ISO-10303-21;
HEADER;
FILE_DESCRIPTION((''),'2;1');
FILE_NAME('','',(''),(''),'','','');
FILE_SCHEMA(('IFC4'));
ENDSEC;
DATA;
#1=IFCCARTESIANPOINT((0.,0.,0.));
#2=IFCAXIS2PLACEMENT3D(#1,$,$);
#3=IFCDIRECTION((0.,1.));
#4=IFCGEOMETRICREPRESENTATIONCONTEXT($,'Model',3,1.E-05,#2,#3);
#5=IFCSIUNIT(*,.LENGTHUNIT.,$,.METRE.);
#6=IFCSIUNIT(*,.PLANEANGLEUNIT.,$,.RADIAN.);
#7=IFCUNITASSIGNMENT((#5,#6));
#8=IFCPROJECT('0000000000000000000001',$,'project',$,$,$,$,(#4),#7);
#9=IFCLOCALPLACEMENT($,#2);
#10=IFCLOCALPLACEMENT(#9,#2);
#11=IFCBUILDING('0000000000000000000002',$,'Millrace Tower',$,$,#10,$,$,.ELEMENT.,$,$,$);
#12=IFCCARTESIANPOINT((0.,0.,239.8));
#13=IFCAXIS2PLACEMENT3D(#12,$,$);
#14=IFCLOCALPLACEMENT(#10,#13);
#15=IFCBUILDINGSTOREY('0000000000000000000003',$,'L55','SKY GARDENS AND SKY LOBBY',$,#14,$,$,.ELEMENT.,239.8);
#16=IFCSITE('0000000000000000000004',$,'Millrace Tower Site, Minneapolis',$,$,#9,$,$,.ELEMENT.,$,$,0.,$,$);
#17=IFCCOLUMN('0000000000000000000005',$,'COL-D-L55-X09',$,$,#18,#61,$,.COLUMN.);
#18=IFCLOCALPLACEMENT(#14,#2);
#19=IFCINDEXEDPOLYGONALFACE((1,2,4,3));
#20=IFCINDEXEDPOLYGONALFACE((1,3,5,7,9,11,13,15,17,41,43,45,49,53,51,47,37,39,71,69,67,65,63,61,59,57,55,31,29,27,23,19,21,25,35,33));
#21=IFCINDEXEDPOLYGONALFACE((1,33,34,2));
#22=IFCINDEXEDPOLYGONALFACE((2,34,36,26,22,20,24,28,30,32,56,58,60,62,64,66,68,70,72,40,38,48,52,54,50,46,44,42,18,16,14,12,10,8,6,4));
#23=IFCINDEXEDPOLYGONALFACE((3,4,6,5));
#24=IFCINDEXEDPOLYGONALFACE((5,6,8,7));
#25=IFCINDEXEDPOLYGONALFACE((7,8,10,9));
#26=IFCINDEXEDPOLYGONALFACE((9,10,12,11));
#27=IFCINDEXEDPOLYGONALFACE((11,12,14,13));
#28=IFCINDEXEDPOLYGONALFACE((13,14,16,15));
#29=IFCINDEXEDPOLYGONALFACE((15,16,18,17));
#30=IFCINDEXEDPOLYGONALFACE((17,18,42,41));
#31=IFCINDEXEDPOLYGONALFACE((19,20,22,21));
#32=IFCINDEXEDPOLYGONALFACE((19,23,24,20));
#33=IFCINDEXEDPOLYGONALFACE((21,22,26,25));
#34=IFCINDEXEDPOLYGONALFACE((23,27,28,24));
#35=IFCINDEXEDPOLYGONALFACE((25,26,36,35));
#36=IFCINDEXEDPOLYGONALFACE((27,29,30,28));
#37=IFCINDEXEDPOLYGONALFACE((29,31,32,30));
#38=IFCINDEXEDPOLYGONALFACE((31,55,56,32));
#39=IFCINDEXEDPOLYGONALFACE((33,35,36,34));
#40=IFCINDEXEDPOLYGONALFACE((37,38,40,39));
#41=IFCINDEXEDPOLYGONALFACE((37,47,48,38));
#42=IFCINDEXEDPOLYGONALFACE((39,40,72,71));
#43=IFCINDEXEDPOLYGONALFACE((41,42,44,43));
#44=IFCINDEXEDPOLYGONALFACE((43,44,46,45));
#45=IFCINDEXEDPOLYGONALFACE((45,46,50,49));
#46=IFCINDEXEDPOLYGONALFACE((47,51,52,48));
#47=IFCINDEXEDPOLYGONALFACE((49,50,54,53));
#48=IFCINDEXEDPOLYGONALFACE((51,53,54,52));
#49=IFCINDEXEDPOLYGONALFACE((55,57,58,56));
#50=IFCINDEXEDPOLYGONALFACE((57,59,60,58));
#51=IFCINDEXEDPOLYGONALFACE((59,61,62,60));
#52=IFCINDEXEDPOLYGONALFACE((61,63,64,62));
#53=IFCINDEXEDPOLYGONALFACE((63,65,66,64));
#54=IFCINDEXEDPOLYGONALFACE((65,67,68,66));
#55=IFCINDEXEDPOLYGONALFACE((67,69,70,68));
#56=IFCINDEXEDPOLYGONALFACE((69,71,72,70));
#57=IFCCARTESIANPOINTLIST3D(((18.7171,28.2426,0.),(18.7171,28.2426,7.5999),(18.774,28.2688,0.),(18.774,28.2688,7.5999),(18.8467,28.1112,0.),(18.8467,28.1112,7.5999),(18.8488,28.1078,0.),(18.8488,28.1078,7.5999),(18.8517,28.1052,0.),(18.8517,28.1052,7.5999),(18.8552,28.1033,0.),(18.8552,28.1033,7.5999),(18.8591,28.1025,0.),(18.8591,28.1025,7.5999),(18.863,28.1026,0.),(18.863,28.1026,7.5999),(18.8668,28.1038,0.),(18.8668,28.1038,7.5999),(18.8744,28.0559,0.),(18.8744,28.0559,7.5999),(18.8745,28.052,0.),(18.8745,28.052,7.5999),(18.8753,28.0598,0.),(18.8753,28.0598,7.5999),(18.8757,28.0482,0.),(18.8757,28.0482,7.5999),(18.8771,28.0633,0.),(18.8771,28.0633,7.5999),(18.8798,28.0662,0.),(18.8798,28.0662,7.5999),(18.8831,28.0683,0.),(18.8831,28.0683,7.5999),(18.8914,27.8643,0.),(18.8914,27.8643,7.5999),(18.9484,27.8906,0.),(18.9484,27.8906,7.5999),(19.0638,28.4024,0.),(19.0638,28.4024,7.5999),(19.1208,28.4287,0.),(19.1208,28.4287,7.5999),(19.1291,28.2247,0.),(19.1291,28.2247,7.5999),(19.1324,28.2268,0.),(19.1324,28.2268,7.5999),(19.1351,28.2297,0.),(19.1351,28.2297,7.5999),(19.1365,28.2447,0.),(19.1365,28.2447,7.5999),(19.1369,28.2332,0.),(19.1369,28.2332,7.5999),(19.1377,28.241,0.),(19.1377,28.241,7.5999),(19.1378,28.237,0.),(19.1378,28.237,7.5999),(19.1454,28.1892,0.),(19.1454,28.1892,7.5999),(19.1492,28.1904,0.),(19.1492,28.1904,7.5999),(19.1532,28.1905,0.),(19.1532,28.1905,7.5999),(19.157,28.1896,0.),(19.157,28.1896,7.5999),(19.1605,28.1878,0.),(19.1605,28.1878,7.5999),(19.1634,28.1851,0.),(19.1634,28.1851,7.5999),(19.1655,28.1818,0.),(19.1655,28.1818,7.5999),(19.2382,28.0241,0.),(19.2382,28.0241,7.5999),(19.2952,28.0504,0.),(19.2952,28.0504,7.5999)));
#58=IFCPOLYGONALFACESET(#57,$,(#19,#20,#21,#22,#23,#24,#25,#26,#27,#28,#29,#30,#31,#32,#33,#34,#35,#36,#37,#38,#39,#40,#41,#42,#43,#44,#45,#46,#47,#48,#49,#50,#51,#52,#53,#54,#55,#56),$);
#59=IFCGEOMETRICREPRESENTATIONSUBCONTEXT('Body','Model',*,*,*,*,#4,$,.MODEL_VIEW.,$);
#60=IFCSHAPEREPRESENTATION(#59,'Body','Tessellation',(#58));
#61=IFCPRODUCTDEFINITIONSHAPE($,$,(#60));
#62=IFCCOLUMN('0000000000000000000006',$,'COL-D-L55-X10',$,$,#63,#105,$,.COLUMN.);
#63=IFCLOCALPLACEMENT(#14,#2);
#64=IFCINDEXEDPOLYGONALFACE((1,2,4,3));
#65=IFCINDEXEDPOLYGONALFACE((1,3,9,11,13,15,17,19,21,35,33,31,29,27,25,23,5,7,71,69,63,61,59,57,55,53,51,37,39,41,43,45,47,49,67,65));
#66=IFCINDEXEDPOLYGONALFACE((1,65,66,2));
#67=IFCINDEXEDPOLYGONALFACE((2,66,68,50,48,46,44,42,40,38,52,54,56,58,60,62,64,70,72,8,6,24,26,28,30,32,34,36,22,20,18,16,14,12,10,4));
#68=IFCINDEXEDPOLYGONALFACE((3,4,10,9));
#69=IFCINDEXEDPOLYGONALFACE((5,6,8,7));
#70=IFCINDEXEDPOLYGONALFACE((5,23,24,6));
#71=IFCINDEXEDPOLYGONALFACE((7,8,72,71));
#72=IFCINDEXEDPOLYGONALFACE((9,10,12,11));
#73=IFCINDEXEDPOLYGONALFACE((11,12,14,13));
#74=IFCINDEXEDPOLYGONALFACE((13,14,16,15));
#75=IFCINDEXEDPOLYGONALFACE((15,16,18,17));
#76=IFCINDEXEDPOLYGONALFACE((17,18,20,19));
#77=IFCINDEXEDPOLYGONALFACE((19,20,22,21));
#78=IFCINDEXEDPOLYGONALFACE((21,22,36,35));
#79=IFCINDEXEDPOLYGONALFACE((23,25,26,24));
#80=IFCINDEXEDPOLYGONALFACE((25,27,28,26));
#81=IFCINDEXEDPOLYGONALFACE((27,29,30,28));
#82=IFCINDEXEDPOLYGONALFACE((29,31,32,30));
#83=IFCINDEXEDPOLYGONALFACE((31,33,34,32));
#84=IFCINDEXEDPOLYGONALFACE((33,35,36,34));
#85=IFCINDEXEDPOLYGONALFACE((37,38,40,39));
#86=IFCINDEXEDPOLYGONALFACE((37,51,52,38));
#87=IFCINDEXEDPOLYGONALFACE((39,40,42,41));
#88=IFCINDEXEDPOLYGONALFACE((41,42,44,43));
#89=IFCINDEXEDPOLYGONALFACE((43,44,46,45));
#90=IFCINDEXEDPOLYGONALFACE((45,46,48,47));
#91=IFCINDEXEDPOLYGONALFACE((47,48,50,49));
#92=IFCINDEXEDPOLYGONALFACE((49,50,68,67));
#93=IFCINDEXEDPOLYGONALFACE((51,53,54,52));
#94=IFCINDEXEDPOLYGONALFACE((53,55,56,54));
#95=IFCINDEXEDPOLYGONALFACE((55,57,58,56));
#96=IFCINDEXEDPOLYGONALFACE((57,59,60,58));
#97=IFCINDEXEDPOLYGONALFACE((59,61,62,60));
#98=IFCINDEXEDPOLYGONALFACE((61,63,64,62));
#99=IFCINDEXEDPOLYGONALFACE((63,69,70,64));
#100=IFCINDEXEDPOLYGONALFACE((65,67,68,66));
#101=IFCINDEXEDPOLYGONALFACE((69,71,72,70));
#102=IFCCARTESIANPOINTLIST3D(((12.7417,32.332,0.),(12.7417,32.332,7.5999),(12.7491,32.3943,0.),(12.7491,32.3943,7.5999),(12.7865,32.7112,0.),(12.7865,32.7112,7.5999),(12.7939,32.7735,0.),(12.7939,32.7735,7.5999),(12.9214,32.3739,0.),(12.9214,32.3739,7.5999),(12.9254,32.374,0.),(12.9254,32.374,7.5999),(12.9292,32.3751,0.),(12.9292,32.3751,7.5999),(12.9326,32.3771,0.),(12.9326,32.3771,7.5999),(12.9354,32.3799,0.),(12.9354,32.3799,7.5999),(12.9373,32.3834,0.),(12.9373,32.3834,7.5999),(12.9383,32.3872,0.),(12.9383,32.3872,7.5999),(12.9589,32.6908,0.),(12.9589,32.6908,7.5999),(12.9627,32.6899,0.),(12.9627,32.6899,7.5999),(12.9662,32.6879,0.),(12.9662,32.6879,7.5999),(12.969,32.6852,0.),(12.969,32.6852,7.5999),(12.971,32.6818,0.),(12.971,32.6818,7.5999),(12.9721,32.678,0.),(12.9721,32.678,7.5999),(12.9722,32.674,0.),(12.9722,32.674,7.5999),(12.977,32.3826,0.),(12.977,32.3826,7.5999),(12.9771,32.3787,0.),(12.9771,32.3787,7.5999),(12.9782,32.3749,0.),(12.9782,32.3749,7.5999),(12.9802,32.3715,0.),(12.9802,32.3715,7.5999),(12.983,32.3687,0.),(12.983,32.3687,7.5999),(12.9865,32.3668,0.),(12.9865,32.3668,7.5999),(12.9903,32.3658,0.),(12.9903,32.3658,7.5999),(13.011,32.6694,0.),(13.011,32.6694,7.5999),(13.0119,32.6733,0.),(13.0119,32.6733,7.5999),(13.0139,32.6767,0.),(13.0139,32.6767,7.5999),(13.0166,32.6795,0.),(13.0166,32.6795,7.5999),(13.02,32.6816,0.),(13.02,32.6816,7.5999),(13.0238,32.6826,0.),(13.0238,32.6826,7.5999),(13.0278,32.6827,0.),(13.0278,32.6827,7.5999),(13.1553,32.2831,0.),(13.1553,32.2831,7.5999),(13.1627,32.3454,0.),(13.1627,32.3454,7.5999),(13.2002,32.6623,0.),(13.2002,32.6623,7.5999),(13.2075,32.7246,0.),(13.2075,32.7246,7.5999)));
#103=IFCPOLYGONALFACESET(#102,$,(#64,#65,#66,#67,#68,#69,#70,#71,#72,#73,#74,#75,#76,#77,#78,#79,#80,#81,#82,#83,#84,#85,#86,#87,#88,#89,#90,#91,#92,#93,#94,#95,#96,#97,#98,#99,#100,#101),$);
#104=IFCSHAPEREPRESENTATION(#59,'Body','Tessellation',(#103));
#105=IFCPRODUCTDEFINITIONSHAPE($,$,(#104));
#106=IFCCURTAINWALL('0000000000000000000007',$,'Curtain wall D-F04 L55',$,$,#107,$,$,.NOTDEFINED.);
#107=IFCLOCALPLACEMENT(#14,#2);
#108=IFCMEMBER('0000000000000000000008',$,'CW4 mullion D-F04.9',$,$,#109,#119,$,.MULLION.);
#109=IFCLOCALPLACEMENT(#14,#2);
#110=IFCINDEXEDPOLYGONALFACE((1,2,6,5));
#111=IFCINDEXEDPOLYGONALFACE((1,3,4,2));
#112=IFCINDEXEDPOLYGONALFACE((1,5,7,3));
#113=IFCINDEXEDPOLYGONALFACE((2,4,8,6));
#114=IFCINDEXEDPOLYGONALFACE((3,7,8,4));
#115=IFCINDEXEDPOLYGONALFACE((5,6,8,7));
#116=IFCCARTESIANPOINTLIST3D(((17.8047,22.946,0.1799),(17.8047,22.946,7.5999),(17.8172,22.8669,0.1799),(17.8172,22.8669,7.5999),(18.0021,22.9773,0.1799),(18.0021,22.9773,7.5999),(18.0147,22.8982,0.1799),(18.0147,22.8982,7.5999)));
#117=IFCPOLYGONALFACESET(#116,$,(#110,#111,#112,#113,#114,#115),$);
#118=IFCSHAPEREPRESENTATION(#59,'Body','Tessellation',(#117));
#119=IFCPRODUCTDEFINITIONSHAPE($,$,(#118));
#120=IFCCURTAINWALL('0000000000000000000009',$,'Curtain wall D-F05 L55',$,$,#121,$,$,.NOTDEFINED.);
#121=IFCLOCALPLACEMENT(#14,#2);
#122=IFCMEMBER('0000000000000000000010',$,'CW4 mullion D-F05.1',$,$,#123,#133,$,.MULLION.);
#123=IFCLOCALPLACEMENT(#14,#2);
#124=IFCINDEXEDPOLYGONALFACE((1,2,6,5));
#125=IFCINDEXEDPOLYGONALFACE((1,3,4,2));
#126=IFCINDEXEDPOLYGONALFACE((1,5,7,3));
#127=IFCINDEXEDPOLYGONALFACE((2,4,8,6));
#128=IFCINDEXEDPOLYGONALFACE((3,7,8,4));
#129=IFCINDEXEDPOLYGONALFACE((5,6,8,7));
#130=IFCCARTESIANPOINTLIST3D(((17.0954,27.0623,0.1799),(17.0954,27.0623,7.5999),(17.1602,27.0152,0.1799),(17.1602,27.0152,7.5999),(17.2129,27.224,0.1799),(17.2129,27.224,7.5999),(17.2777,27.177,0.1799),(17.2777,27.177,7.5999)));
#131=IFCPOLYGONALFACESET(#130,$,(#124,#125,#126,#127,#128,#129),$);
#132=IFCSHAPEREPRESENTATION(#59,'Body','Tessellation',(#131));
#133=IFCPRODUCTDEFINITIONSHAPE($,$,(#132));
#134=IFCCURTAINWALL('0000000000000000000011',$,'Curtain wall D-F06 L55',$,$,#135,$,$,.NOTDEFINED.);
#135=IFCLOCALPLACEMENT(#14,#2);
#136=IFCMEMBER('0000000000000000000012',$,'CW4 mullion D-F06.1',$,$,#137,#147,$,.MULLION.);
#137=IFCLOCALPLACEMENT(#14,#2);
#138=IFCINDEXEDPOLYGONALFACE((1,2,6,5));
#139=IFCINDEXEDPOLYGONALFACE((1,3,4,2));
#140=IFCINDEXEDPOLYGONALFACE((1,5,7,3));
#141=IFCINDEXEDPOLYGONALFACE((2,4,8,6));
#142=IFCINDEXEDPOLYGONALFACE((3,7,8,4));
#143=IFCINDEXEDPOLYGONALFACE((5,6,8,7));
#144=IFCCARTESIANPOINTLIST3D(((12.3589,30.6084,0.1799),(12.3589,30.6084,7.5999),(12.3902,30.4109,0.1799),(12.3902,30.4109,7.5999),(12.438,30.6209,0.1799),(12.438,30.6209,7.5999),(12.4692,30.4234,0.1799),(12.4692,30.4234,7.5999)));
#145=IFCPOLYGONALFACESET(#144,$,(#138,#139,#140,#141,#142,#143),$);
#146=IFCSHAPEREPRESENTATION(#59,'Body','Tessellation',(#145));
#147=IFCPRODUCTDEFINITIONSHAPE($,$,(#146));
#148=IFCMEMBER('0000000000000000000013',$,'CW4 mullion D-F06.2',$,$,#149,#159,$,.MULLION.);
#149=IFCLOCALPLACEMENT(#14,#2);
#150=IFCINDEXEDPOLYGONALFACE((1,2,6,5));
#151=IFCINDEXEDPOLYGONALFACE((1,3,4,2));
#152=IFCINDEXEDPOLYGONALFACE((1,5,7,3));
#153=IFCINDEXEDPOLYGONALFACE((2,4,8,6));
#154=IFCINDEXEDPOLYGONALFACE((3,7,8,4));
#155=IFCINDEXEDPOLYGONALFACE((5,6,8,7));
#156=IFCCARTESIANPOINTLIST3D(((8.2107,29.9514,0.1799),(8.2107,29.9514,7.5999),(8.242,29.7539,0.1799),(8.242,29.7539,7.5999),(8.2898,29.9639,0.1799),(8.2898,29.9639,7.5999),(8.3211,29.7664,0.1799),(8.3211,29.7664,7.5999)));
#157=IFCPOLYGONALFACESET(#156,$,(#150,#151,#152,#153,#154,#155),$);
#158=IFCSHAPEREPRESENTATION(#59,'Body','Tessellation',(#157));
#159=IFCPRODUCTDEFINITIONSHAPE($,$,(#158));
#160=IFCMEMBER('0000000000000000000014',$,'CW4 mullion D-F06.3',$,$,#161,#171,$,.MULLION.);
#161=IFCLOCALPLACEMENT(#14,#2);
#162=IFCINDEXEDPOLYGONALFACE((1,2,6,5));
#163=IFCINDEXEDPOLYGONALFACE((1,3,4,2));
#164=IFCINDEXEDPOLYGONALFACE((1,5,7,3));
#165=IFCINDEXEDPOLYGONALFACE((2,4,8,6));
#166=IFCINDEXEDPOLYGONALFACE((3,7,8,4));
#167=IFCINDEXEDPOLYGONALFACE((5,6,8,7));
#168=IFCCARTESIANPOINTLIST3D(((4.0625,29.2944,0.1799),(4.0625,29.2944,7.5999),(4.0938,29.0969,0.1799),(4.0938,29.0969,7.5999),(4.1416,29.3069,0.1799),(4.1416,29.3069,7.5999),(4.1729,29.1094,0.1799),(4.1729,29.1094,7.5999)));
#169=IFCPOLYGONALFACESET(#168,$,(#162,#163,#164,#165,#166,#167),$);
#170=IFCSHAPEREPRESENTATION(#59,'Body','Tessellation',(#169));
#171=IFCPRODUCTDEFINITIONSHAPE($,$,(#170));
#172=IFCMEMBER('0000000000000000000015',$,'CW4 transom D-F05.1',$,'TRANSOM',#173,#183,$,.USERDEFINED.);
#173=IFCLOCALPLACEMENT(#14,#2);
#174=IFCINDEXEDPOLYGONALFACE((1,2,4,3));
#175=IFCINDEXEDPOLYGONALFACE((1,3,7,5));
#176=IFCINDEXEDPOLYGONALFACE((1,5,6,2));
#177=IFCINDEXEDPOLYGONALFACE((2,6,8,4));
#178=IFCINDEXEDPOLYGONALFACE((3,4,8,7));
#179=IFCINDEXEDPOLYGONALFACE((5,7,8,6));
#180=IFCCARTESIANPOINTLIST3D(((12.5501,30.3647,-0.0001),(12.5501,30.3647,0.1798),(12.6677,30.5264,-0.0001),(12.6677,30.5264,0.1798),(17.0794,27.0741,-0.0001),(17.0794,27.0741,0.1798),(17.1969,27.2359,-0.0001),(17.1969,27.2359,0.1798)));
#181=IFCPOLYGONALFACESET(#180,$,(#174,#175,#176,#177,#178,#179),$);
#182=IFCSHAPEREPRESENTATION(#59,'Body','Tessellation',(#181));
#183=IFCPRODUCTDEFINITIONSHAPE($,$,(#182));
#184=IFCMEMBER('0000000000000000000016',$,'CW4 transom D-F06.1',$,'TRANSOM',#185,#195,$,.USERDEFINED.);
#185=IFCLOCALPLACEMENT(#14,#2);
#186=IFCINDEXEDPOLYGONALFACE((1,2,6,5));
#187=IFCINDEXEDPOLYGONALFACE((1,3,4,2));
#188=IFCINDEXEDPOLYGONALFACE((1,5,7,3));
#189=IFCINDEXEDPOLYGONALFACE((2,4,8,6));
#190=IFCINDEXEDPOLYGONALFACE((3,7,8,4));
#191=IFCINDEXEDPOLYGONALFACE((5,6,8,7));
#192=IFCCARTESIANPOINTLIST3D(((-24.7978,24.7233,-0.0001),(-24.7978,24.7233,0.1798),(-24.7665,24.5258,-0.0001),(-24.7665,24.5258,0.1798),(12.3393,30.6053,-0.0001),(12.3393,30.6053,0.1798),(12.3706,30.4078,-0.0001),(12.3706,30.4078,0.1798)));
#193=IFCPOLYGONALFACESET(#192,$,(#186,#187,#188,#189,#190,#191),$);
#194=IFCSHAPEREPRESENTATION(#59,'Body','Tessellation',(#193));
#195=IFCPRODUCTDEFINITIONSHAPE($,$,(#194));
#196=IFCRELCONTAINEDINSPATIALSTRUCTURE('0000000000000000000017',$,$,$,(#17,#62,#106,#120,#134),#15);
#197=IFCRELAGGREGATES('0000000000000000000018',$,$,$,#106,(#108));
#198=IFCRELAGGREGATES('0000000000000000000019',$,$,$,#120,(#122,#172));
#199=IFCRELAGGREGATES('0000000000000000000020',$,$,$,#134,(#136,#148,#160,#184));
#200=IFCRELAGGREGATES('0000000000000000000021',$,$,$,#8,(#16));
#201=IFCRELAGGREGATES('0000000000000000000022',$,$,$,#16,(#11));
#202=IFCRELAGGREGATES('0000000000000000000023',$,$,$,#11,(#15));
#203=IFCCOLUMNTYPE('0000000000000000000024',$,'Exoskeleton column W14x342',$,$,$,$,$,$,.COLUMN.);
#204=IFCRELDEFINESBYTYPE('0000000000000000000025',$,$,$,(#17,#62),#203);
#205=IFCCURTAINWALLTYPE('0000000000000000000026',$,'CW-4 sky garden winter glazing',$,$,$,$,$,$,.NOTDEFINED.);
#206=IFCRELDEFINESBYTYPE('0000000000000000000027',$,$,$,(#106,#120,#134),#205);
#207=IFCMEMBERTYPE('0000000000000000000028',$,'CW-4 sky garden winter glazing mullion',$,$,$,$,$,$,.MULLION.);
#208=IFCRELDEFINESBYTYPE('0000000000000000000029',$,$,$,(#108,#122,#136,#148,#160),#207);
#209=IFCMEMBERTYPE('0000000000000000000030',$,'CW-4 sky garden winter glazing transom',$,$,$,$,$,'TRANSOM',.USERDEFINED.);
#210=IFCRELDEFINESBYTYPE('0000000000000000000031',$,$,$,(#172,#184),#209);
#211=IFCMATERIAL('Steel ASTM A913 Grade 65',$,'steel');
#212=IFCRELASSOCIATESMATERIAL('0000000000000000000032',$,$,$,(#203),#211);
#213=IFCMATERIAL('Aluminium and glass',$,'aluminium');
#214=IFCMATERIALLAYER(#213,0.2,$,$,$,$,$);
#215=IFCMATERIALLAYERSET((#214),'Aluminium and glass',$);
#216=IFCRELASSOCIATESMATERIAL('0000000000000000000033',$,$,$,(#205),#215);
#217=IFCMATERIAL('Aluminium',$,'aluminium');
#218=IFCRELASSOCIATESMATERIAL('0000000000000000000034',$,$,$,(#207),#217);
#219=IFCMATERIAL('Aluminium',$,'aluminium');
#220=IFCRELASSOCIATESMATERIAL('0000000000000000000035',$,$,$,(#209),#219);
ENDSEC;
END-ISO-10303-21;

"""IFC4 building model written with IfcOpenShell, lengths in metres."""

from ifc_helpers import new_model, si_unit, direction, frame, origin, origin_2d, place, context, subcontext, project, spatial, rectangle, i_section, extrude, material, layer, layer_set, material_profile, profile_set, type_object, element, aggregate, save


model = new_model("IFC4")

# Units and contexts
model_context = context("Model", 3, precision=1e-05, world=origin(), true_north=direction((0.0, 1.0)))
body_context = subcontext(model_context, "Body", "Model", "MODEL_VIEW")
ifc_project = project(units=[si_unit("LENGTHUNIT", "METRE"), si_unit("PLANEANGLEUNIT", "RADIAN")], contexts=[model_context])

# Site, building, storey
site_placement = place(None, origin())
site = spatial("IfcSite", under=ifc_project, at=site_placement, Name="Millrace Tower Site, Minneapolis", CompositionType="ELEMENT", RefElevation=0.0)
building_placement = place(site_placement, origin())
building = spatial("IfcBuilding", under=site, at=building_placement, Name="Millrace Tower", CompositionType="ELEMENT")
storey_placement = place(building_placement, frame((0.0, 0.0, 239.8)))
storey = spatial("IfcBuildingStorey", under=building, at=storey_placement, Name="L55", Description="SKY GARDENS AND SKY LOBBY", CompositionType="ELEMENT", Elevation=239.8)

# Columns
ifc_material_1 = material(Name="Steel ASTM A913 Grade 65", Category="steel")
ifc_material_profile_1 = material_profile(ifc_material_1, i_section(OverallWidth=0.4165, OverallDepth=0.4446, WebThickness=0.0391, FlangeThickness=0.0627, FilletRadius=0.0151, at=origin_2d()))
ifc_profile_set_1 = profile_set([ifc_material_profile_1], Name="Steel ASTM A913 Grade 65")
column_type = type_object("IfcColumnType", Name="Exoskeleton column W14x342", PredefinedType="COLUMN", material=ifc_profile_set_1)
for number, where, z_axis, x_axis, name in (
    (1, (19.0061, 28.1465, 0.0), (0.0, 0.0, 1.0), (-0.418553, 0.908192, 0.0), "COL-D-L55-X09"),
    (2, (12.9746, 32.5283, 0.0), (0.0, 0.0, 1.0), (-0.993082, 0.117421, 0.0), "COL-D-L55-X10"),
):
    element("IfcColumn", number, at=place(storey_placement, frame(where, z_axis=z_axis, x_axis=x_axis)), inside=storey, type_object=column_type, Name=name, PredefinedType="COLUMN", context=body_context, shape_type="SweptSolid", body=[
        extrude(i_section(OverallWidth=0.4165, OverallDepth=0.4446, WebThickness=0.0391, FlangeThickness=0.0627, FilletRadius=0.0151, at=origin_2d()), origin(), (0.0, 0.0, 1.0), 7.5999),
    ])

# Curtain walls, members
ifc_material_2 = material(Name="Aluminium and glass", Category="aluminium")
ifc_layer_1 = layer(ifc_material_2, 0.2)
ifc_layer_set_1 = layer_set([ifc_layer_1], Name="Aluminium and glass")
curtain_wall_type = type_object("IfcCurtainWallType", Name="CW-4 sky garden winter glazing", PredefinedType="NOTDEFINED", material=ifc_layer_set_1)
placement = place(storey_placement, origin())
curtain_wall_1 = element("IfcCurtainWall", 3, at=placement, inside=storey, type_object=curtain_wall_type, Name="Curtain wall D-F04 L55", PredefinedType="NOTDEFINED")
ifc_material_3 = material(Name="Aluminium", Category="aluminium")
ifc_material_profile_2 = material_profile(ifc_material_3, rectangle(XDim=0.0801, YDim=0.2, at=origin_2d()))
ifc_profile_set_2 = profile_set([ifc_material_profile_2], Name="Aluminium")
member_type_1 = type_object("IfcMemberType", Name="CW-4 sky garden winter glazing mullion", PredefinedType="MULLION", material=ifc_profile_set_2)
member_1_placement = place(storey_placement, frame((17.9097, 22.9221, 0.1799), z_axis=(0.0, 0.0, 1.0), x_axis=(-0.156434, 0.987688, 0.0)))
member_1 = element("IfcMember", 4, at=member_1_placement, type_object=member_type_1, Name="CW4 mullion D-F04.9", PredefinedType="MULLION", context=body_context, shape_type="SweptSolid", body=[
    extrude(rectangle(XDim=0.0801, YDim=0.2, at=origin_2d()), origin(), (0.0, 0.0, 1.0), 7.4199),
])
aggregate(curtain_wall_1, [member_1])
curtain_wall_2 = element("IfcCurtainWall", 5, at=placement, inside=storey, type_object=curtain_wall_type, Name="Curtain wall D-F05 L55", PredefinedType="NOTDEFINED")
member_2_placement = place(storey_placement, frame((17.1865, 27.1196, 0.1799), z_axis=(0.0, 0.0, 1.0), x_axis=(-0.809017, 0.587785, 0.0)))
member_2 = element("IfcMember", 6, at=member_2_placement, type_object=member_type_1, Name="CW4 mullion D-F05.1", PredefinedType="MULLION", context=body_context, shape_type="SweptSolid", body=[
    extrude(rectangle(XDim=0.0801, YDim=0.2, at=origin_2d()), origin(), (0.0, 0.0, 1.0), 7.4199),
])

# Curtain wall, members
curtain_wall_3 = element("IfcCurtainWall", 7, at=placement, inside=storey, type_object=curtain_wall_type, Name="Curtain wall D-F06 L55", PredefinedType="NOTDEFINED")
member_3_placement = place(storey_placement, frame((12.4141, 30.5159, 0.1799), z_axis=(0.0, 0.0, 1.0), x_axis=(-0.987688, -0.156434, 0.0)))
member_3 = element("IfcMember", 8, at=member_3_placement, type_object=member_type_1, Name="CW4 mullion D-F06.1", PredefinedType="MULLION", context=body_context, shape_type="SweptSolid", body=[
    extrude(rectangle(XDim=0.0801, YDim=0.2, at=origin_2d()), origin(), (0.0, 0.0, 1.0), 7.4199),
])
member_4_placement = place(storey_placement, frame((8.2659, 29.8589, 0.1799), z_axis=(0.0, 0.0, 1.0), x_axis=(-0.987688, -0.156434, 0.0)))
member_4 = element("IfcMember", 9, at=member_4_placement, type_object=member_type_1, Name="CW4 mullion D-F06.2", PredefinedType="MULLION", context=body_context, shape_type="SweptSolid", body=[
    extrude(rectangle(XDim=0.0801, YDim=0.2, at=origin_2d()), origin(), (0.0, 0.0, 1.0), 7.4199),
])
member_5_placement = place(storey_placement, frame((4.1177, 29.2019, 0.1799), z_axis=(0.0, 0.0, 1.0), x_axis=(-0.987688, -0.156434, 0.0)))
member_5 = element("IfcMember", 10, at=member_5_placement, type_object=member_type_1, Name="CW4 mullion D-F06.3", PredefinedType="MULLION", context=body_context, shape_type="SweptSolid", body=[
    extrude(rectangle(XDim=0.0801, YDim=0.2, at=origin_2d()), origin(), (0.0, 0.0, 1.0), 7.4199),
])

# Members
ifc_material_4 = material(Name="Aluminium", Category="aluminium")
ifc_material_profile_3 = material_profile(ifc_material_4, rectangle(XDim=0.2, YDim=0.1799, at=origin_2d()))
ifc_profile_set_3 = profile_set([ifc_material_profile_3], Name="Aluminium")
member_type_2 = type_object("IfcMemberType", Name="CW-4 sky garden winter glazing transom", ElementType="TRANSOM", PredefinedType="USERDEFINED", material=ifc_profile_set_3)
member_6_placement = place(storey_placement, frame((17.1382, 27.155, 0.0898), z_axis=(-0.809034, 0.587762, 0.0), x_axis=(-0.587762, -0.809034, 0.0)))
member_6 = element("IfcMember", 11, at=member_6_placement, type_object=member_type_2, Name="CW4 transom D-F05.1", ObjectType="TRANSOM", PredefinedType="USERDEFINED", context=body_context, shape_type="SweptSolid", body=[
    extrude(rectangle(XDim=0.2, YDim=0.1799, at=origin_2d()), origin(), (0.0, 0.0, 1.0), 5.5984),
])
aggregate(curtain_wall_2, [member_2, member_6])
member_7_placement = place(storey_placement, frame((12.355, 30.5066, 0.0898), z_axis=(-0.987688, -0.156438, 0.0), x_axis=(0.156438, -0.987688, 0.0)))
member_7 = element("IfcMember", 12, at=member_7_placement, type_object=member_type_2, Name="CW4 transom D-F06.1", ObjectType="TRANSOM", PredefinedType="USERDEFINED", context=body_context, shape_type="SweptSolid", body=[
    extrude(rectangle(XDim=0.2, YDim=0.1799, at=origin_2d()), origin(), (0.0, 0.0, 1.0), 37.6001),
])
aggregate(curtain_wall_3, [member_3, member_4, member_5, member_7])

save(model, "model.ifc")
